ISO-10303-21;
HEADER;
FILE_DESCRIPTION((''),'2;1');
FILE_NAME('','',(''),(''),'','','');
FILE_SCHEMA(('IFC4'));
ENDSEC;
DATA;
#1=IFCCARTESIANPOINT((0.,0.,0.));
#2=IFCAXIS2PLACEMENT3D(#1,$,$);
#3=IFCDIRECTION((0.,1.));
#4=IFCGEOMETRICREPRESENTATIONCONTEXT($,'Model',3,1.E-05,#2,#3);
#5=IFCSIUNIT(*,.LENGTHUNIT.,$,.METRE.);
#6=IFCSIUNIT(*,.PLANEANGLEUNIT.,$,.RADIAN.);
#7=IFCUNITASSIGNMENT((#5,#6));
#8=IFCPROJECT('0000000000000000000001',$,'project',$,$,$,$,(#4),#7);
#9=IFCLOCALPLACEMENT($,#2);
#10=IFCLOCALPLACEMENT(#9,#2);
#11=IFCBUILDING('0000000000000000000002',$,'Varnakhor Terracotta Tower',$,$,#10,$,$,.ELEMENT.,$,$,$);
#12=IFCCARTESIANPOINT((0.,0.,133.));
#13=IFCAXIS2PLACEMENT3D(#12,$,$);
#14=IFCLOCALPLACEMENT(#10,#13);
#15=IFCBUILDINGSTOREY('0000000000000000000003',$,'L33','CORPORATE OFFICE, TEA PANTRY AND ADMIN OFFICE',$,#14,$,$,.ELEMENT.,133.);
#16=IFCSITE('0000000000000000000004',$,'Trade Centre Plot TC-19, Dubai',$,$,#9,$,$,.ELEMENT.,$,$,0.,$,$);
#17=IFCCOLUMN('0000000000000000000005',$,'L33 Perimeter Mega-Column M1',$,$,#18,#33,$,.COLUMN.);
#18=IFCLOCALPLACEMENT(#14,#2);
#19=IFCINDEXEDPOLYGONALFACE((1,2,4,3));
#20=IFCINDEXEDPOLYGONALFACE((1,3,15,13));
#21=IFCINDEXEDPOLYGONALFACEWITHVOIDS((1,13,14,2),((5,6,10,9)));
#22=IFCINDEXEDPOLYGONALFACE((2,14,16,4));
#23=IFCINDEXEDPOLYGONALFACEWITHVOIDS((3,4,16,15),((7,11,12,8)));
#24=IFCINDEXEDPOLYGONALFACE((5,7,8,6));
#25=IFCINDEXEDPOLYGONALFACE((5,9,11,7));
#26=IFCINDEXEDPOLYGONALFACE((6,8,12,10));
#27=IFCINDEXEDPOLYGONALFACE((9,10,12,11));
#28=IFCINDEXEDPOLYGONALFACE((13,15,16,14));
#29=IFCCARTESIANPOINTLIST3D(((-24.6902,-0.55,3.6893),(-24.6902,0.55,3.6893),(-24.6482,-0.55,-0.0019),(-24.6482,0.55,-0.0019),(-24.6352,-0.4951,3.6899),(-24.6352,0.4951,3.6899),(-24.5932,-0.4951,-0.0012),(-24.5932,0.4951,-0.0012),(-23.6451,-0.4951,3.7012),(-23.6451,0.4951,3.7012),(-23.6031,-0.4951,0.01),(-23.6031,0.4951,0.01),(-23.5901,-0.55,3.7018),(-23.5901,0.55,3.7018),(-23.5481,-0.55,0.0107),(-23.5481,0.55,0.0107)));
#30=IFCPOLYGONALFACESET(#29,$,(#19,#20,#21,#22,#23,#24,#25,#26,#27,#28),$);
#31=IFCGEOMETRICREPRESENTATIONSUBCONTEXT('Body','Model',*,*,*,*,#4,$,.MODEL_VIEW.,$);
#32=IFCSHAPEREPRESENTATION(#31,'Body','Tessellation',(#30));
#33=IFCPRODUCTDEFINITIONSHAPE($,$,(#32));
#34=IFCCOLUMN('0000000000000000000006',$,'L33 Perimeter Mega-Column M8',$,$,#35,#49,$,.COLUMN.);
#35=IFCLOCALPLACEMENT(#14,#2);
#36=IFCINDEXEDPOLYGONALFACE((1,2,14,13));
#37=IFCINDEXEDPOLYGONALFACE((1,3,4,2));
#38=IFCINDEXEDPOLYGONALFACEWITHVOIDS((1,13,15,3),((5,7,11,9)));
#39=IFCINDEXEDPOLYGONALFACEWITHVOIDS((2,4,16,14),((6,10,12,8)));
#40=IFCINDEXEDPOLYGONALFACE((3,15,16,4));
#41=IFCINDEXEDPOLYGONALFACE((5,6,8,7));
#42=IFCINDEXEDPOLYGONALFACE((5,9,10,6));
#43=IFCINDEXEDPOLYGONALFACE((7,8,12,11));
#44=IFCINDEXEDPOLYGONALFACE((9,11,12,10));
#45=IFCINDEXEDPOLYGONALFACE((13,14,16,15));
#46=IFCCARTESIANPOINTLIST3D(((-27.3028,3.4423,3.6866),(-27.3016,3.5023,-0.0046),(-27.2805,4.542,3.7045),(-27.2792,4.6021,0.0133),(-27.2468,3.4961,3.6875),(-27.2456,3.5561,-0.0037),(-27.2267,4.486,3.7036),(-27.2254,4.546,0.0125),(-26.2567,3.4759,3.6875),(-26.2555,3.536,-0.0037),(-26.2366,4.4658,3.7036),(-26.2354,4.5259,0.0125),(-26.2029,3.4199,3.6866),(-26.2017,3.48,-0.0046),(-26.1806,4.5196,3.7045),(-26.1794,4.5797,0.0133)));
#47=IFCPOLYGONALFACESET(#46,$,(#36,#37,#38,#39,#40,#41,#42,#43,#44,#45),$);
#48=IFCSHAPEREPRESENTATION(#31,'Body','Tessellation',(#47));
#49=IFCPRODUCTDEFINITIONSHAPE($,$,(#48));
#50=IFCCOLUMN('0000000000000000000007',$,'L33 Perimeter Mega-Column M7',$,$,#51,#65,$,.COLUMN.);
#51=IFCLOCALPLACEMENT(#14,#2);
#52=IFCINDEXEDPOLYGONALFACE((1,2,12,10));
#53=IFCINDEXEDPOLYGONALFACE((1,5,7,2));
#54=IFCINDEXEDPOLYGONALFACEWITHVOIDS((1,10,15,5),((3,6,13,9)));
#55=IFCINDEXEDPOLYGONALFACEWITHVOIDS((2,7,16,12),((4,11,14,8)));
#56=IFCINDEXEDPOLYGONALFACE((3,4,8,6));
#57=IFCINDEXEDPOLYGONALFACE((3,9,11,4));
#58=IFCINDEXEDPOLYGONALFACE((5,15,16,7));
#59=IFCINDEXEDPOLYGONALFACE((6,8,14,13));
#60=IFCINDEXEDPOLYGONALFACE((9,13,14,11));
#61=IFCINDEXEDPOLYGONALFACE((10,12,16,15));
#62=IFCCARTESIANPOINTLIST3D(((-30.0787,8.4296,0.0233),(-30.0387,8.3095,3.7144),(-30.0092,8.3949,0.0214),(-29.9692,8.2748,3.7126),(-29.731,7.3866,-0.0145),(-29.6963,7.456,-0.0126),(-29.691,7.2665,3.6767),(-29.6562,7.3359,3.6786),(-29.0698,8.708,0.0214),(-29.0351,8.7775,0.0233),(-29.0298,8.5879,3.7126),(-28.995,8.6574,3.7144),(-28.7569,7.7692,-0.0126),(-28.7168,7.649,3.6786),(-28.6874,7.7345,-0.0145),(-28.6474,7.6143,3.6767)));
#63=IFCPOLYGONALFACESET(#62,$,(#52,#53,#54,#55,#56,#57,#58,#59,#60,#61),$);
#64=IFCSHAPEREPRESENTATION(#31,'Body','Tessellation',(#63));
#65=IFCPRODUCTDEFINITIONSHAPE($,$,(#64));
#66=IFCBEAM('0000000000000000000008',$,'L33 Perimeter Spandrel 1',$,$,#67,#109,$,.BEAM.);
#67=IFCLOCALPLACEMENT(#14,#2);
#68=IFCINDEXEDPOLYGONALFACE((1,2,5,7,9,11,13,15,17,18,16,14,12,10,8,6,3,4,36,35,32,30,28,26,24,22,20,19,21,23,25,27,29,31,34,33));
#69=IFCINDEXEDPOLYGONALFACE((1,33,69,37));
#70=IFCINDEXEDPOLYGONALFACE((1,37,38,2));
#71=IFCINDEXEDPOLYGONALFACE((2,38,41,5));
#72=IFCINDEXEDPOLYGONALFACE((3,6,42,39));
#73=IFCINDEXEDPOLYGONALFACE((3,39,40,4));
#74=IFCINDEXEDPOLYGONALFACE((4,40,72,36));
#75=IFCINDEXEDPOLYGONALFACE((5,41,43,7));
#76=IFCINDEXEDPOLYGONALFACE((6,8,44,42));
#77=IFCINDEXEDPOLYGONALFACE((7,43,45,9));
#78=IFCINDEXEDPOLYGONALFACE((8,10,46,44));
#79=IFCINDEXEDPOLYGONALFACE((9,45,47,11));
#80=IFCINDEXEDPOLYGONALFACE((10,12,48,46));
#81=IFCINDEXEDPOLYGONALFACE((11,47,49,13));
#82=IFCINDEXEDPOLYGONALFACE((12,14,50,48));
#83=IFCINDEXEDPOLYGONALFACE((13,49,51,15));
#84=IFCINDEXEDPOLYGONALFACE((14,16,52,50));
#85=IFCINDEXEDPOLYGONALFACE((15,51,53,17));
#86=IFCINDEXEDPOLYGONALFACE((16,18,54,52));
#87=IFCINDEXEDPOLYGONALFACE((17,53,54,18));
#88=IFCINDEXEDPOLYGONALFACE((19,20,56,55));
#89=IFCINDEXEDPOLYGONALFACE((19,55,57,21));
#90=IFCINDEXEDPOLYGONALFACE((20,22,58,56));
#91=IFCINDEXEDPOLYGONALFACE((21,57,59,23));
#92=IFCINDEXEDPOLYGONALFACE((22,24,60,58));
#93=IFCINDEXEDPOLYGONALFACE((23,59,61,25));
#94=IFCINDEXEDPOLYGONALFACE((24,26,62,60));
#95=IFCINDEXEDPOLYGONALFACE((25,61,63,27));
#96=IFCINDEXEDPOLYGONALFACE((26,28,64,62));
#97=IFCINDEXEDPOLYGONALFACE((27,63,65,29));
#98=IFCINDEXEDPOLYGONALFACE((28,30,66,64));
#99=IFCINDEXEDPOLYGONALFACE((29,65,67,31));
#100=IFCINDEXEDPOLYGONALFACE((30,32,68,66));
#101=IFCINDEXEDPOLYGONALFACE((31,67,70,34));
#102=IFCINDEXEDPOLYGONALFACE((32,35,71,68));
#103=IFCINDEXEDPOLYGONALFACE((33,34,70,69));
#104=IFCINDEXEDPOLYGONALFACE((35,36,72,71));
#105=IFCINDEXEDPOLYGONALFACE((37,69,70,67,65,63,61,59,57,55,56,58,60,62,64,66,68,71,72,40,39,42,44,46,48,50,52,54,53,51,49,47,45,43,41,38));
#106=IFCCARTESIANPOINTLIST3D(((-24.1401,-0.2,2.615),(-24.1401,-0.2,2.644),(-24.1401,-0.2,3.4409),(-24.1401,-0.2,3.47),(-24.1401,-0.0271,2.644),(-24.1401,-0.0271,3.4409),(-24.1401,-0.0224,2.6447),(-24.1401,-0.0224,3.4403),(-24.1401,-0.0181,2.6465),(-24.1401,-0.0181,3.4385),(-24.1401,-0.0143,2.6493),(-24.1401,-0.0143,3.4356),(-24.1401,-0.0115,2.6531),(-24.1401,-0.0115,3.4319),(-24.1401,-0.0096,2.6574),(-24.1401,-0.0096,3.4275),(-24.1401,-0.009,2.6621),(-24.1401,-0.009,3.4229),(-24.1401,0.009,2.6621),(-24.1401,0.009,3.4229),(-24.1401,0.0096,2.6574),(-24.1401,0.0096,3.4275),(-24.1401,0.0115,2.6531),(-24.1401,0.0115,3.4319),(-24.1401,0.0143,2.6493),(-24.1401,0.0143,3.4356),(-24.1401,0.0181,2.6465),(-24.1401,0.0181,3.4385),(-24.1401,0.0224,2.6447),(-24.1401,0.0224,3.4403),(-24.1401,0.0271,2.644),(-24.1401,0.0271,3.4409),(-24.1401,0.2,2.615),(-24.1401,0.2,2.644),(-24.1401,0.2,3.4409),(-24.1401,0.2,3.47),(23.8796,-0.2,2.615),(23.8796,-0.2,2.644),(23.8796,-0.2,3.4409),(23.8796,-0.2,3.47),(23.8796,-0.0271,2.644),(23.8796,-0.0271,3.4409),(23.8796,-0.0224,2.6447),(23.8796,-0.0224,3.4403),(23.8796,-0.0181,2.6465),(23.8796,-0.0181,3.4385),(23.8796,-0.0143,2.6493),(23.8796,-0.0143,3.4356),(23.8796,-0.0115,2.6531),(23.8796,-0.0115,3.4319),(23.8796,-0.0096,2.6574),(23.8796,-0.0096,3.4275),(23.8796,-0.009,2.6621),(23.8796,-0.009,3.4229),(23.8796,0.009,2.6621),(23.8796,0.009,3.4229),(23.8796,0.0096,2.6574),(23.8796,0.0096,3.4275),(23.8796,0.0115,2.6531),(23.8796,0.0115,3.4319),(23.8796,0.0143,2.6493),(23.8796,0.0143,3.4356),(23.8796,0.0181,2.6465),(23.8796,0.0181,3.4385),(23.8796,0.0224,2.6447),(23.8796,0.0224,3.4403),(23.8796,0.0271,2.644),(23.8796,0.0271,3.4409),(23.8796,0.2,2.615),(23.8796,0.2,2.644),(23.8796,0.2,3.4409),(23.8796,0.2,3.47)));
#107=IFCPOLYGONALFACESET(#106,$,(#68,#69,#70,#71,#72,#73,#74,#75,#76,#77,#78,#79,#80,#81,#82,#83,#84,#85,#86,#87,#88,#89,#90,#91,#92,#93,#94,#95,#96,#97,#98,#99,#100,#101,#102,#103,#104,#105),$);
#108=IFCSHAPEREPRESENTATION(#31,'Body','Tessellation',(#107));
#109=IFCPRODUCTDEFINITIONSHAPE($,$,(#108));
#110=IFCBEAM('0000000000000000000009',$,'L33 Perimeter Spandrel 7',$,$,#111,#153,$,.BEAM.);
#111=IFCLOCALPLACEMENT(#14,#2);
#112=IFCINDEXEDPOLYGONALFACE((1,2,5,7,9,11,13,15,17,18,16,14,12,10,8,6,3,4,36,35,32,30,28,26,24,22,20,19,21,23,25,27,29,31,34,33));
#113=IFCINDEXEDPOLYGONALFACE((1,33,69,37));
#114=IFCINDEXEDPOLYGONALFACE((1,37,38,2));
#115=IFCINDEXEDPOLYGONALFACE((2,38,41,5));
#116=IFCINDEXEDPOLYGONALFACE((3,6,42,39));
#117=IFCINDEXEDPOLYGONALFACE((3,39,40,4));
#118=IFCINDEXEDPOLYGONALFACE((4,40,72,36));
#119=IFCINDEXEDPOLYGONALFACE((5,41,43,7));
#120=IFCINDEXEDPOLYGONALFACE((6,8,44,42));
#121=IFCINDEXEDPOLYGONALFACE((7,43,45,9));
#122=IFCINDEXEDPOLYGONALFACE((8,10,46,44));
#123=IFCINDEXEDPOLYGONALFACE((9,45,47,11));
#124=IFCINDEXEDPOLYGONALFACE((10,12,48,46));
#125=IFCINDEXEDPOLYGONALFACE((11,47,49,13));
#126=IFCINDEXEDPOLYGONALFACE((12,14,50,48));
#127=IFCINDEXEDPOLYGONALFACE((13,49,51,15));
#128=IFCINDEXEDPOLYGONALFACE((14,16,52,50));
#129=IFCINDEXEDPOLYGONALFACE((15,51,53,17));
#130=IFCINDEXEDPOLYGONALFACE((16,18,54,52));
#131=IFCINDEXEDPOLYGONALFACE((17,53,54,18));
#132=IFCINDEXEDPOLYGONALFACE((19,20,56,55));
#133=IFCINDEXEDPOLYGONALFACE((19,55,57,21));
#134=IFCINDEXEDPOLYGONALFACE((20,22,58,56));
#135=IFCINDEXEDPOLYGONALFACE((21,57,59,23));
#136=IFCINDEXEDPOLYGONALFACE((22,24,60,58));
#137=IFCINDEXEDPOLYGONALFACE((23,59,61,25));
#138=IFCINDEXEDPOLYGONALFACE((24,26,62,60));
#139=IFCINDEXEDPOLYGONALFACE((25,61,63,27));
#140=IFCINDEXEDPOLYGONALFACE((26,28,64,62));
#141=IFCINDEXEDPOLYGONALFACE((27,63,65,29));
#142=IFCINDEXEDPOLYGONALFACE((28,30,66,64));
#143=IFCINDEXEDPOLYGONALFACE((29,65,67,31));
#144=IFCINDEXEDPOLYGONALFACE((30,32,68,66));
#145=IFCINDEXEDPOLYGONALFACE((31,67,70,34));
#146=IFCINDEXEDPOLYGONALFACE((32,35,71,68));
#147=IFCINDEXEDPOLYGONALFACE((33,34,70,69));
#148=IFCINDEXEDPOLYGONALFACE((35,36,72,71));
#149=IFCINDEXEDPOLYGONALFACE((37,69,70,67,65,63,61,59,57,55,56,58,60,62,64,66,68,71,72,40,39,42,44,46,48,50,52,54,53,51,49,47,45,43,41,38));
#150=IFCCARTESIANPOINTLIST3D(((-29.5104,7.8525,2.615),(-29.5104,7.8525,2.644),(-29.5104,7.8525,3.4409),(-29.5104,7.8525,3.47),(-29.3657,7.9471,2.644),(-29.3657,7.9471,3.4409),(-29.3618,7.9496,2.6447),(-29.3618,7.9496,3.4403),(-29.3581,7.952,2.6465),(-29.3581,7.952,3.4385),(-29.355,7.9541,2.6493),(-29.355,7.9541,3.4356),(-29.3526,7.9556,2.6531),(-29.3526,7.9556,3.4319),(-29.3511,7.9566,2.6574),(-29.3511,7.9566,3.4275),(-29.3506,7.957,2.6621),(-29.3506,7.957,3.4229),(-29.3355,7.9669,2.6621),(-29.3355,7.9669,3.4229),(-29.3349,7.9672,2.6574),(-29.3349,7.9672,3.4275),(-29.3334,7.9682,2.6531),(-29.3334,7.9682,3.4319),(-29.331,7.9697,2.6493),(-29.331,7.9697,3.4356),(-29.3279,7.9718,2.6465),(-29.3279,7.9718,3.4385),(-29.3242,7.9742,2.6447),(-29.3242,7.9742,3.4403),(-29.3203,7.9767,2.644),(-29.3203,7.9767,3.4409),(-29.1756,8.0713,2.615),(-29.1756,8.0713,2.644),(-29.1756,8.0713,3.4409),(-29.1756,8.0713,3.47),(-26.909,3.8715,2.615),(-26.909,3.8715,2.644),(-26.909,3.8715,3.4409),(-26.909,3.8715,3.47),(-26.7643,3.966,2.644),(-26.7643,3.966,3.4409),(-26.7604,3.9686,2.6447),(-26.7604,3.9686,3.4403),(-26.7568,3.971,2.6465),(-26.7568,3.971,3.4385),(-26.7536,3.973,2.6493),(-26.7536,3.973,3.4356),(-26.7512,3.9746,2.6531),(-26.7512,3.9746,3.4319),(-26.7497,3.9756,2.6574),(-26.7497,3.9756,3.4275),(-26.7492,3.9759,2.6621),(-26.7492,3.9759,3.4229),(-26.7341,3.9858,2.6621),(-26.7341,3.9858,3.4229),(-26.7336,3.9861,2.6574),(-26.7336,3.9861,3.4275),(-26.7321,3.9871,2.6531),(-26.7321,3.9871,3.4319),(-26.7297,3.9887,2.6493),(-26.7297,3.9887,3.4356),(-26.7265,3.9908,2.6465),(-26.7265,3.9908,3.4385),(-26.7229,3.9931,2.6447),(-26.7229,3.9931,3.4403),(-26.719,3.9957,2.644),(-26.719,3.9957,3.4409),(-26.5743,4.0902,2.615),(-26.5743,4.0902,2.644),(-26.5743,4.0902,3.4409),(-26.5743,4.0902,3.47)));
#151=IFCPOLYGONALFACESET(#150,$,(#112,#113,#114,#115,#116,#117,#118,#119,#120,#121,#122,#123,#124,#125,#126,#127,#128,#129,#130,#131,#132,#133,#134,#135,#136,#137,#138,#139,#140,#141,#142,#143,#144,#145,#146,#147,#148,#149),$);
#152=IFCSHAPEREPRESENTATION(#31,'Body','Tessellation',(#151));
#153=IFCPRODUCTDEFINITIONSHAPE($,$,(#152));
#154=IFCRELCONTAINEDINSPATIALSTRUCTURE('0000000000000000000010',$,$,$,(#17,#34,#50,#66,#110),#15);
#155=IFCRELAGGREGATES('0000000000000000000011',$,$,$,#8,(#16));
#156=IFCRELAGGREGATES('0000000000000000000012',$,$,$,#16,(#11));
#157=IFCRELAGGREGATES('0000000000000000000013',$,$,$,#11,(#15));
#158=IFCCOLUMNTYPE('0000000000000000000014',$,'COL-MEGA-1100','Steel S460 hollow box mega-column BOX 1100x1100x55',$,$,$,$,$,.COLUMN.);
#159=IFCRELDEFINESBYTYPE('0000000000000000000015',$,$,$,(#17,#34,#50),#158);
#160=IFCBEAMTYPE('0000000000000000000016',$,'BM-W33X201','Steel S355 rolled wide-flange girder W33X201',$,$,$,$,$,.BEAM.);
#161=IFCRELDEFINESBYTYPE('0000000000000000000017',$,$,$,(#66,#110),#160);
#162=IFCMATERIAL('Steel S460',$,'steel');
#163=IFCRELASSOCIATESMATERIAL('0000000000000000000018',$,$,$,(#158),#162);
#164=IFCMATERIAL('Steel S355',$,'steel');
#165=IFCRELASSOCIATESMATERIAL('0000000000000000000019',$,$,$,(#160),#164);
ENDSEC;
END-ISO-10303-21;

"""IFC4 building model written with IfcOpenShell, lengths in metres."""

from ifc_helpers import new_model, si_unit, direction, frame, origin, origin_2d, place, context, subcontext, project, spatial, hollow_rectangle, i_section, extrude, source, transform, mapped, material, material_profile, profile_set, type_object, element, save


model = new_model("IFC4")

# Units and contexts
model_context = context("Model", 3, precision=1e-05, world=origin(), true_north=direction((0.0, 1.0)))
body_context = subcontext(model_context, "Body", "Model", "MODEL_VIEW")
ifc_project = project(units=[si_unit("LENGTHUNIT", "METRE"), si_unit("PLANEANGLEUNIT", "RADIAN")], contexts=[model_context])

# Site, building, storey
site_placement = place(None, origin())
site = spatial("IfcSite", under=ifc_project, at=site_placement, Name="Trade Centre Plot TC-19, Dubai", CompositionType="ELEMENT", RefElevation=0.0)
building_placement = place(site_placement, origin())
building = spatial("IfcBuilding", under=site, at=building_placement, Name="Varnakhor Terracotta Tower", CompositionType="ELEMENT")
storey_placement = place(building_placement, frame((0.0, 0.0, 133.0)))
storey = spatial("IfcBuildingStorey", under=building, at=storey_placement, Name="L33", Description="CORPORATE OFFICE, TEA PANTRY AND ADMIN OFFICE", CompositionType="ELEMENT", Elevation=133.0)

# Columns
ifc_material_1 = material(Name="Steel S460", Category="steel")
ifc_material_profile_1 = material_profile(ifc_material_1, hollow_rectangle(XDim=1.1001, YDim=1.1001, WallThickness=0.0549, at=origin_2d()), Name="BOX 1100x1100x55")
ifc_profile_set_1 = profile_set([ifc_material_profile_1], Name="Steel S460")
column_type = type_object("IfcColumnType", Name="COL-MEGA-1100", Description="Steel S460 hollow box mega-column BOX 1100x1100x55", PredefinedType="COLUMN", material=ifc_profile_set_1)
shared_shape_1 = source(origin(), body_context, "Body", "SweptSolid", [
    extrude(hollow_rectangle(XDim=1.1001, YDim=1.1001, WallThickness=0.0549, at=origin_2d()), origin(), (0.0, 0.0, 1.0), 3.6914),
])
column_1_placement = place(storey_placement, frame((-24.0981, 0.0, 0.0044), z_axis=(-0.011376, 0.0, 0.999935), x_axis=(0.0, -1.0, 0.0)))
element("IfcColumn", 1, at=column_1_placement, inside=storey, type_object=column_type, Name="L33 Perimeter Mega-Column M1", PredefinedType="COLUMN", context=body_context, shape_type="MappedRepresentation", body=[
    mapped(shared_shape_1, transform((0.0, 0.0, 0.0), scale=1.0)),
])
shared_shape_2 = source(origin(), body_context, "Body", "SweptSolid", [
    extrude(hollow_rectangle(XDim=1.1001, YDim=1.1001, WallThickness=0.0549, at=origin_2d()), origin(), (0.0, 0.0, 1.0), 3.6917),
])
column_2_placement = place(storey_placement, frame((-26.7405, 4.041, 0.0044), z_axis=(-0.000331, -0.016269, 0.999868), x_axis=(0.999794, -0.020321, 0.0)))
element("IfcColumn", 2, at=column_2_placement, inside=storey, type_object=column_type, Name="L33 Perimeter Mega-Column M8", PredefinedType="COLUMN", context=body_context, shape_type="MappedRepresentation", body=[
    mapped(shared_shape_2, transform((0.0, 0.0, 0.0), scale=1.0)),
])
shared_shape_3 = source(origin(), body_context, "Body", "SweptSolid", [
    extrude(hollow_rectangle(XDim=1.1001, YDim=1.1001, WallThickness=0.0549, at=origin_2d()), origin(), (0.0, 0.0, 1.0), 3.6934),
])
column_3_placement = place(storey_placement, frame((-29.3831, 8.082, 0.0044), z_axis=(0.010841, -0.032523, 0.999412), x_axis=(0.948683, 0.316228, 0.0)))
element("IfcColumn", 3, at=column_3_placement, inside=storey, type_object=column_type, Name="L33 Perimeter Mega-Column M7", PredefinedType="COLUMN", context=body_context, shape_type="MappedRepresentation", body=[
    mapped(shared_shape_3, transform((0.0, 0.0, 0.0), scale=1.0)),
])

# Beams
ifc_material_2 = material(Name="Steel S355", Category="steel")
ifc_material_profile_2 = material_profile(ifc_material_2, i_section(OverallWidth=0.3999, OverallDepth=0.855, WebThickness=0.0181, FlangeThickness=0.0291, FilletRadius=0.0181, at=origin_2d()), Name="W33X201")
ifc_profile_set_2 = profile_set([ifc_material_profile_2], Name="Steel S355")
beam_type_1 = type_object("IfcBeamType", Name="BM-W33X201", Description="Steel S355 rolled wide-flange girder W33X201", PredefinedType="BEAM", material=ifc_profile_set_2)
shared_shape_4 = source(origin(), body_context, "Body", "SweptSolid", [
    extrude(i_section(OverallWidth=0.3999, OverallDepth=0.855, WebThickness=0.0181, FlangeThickness=0.0291, FilletRadius=0.0181, at=origin_2d()), origin(), (0.0, 0.0, 1.0), 48.0198),
])
beam_1_placement = place(storey_placement, frame((-24.1401, 0.0, 3.0425), z_axis=(1.0, 0.0, 0.0), x_axis=(0.0, 1.0, 0.0)))
element("IfcBeam", 4, at=beam_1_placement, inside=storey, type_object=beam_type_1, Name="L33 Perimeter Spandrel 1", PredefinedType="BEAM", context=body_context, shape_type="MappedRepresentation", body=[
    mapped(shared_shape_4, transform((0.0, 0.0, 0.0), scale=1.0)),
])
shared_shape_5 = source(origin(), body_context, "Body", "SweptSolid", [
    extrude(i_section(OverallWidth=0.3999, OverallDepth=0.855, WebThickness=0.0181, FlangeThickness=0.0291, FilletRadius=0.0181, at=origin_2d()), origin(), (0.0, 0.0, 1.0), 4.7556),
])
for number, where, z_axis, x_axis, name in (
    (5, (-29.343, 7.9619, 3.0425), (0.547011, -0.837125, 0.0), (0.837125, 0.547011, 0.0), "L33 Perimeter Spandrel 7"),
):
    element("IfcBeam", number, at=place(storey_placement, frame(where, z_axis=z_axis, x_axis=x_axis)), inside=storey, type_object=beam_type_1, Name=name, PredefinedType="BEAM", context=body_context, shape_type="MappedRepresentation", body=[
        mapped(shared_shape_5, transform((0.0, 0.0, 0.0), scale=1.0)),
    ])

save(model, "model.ifc")
